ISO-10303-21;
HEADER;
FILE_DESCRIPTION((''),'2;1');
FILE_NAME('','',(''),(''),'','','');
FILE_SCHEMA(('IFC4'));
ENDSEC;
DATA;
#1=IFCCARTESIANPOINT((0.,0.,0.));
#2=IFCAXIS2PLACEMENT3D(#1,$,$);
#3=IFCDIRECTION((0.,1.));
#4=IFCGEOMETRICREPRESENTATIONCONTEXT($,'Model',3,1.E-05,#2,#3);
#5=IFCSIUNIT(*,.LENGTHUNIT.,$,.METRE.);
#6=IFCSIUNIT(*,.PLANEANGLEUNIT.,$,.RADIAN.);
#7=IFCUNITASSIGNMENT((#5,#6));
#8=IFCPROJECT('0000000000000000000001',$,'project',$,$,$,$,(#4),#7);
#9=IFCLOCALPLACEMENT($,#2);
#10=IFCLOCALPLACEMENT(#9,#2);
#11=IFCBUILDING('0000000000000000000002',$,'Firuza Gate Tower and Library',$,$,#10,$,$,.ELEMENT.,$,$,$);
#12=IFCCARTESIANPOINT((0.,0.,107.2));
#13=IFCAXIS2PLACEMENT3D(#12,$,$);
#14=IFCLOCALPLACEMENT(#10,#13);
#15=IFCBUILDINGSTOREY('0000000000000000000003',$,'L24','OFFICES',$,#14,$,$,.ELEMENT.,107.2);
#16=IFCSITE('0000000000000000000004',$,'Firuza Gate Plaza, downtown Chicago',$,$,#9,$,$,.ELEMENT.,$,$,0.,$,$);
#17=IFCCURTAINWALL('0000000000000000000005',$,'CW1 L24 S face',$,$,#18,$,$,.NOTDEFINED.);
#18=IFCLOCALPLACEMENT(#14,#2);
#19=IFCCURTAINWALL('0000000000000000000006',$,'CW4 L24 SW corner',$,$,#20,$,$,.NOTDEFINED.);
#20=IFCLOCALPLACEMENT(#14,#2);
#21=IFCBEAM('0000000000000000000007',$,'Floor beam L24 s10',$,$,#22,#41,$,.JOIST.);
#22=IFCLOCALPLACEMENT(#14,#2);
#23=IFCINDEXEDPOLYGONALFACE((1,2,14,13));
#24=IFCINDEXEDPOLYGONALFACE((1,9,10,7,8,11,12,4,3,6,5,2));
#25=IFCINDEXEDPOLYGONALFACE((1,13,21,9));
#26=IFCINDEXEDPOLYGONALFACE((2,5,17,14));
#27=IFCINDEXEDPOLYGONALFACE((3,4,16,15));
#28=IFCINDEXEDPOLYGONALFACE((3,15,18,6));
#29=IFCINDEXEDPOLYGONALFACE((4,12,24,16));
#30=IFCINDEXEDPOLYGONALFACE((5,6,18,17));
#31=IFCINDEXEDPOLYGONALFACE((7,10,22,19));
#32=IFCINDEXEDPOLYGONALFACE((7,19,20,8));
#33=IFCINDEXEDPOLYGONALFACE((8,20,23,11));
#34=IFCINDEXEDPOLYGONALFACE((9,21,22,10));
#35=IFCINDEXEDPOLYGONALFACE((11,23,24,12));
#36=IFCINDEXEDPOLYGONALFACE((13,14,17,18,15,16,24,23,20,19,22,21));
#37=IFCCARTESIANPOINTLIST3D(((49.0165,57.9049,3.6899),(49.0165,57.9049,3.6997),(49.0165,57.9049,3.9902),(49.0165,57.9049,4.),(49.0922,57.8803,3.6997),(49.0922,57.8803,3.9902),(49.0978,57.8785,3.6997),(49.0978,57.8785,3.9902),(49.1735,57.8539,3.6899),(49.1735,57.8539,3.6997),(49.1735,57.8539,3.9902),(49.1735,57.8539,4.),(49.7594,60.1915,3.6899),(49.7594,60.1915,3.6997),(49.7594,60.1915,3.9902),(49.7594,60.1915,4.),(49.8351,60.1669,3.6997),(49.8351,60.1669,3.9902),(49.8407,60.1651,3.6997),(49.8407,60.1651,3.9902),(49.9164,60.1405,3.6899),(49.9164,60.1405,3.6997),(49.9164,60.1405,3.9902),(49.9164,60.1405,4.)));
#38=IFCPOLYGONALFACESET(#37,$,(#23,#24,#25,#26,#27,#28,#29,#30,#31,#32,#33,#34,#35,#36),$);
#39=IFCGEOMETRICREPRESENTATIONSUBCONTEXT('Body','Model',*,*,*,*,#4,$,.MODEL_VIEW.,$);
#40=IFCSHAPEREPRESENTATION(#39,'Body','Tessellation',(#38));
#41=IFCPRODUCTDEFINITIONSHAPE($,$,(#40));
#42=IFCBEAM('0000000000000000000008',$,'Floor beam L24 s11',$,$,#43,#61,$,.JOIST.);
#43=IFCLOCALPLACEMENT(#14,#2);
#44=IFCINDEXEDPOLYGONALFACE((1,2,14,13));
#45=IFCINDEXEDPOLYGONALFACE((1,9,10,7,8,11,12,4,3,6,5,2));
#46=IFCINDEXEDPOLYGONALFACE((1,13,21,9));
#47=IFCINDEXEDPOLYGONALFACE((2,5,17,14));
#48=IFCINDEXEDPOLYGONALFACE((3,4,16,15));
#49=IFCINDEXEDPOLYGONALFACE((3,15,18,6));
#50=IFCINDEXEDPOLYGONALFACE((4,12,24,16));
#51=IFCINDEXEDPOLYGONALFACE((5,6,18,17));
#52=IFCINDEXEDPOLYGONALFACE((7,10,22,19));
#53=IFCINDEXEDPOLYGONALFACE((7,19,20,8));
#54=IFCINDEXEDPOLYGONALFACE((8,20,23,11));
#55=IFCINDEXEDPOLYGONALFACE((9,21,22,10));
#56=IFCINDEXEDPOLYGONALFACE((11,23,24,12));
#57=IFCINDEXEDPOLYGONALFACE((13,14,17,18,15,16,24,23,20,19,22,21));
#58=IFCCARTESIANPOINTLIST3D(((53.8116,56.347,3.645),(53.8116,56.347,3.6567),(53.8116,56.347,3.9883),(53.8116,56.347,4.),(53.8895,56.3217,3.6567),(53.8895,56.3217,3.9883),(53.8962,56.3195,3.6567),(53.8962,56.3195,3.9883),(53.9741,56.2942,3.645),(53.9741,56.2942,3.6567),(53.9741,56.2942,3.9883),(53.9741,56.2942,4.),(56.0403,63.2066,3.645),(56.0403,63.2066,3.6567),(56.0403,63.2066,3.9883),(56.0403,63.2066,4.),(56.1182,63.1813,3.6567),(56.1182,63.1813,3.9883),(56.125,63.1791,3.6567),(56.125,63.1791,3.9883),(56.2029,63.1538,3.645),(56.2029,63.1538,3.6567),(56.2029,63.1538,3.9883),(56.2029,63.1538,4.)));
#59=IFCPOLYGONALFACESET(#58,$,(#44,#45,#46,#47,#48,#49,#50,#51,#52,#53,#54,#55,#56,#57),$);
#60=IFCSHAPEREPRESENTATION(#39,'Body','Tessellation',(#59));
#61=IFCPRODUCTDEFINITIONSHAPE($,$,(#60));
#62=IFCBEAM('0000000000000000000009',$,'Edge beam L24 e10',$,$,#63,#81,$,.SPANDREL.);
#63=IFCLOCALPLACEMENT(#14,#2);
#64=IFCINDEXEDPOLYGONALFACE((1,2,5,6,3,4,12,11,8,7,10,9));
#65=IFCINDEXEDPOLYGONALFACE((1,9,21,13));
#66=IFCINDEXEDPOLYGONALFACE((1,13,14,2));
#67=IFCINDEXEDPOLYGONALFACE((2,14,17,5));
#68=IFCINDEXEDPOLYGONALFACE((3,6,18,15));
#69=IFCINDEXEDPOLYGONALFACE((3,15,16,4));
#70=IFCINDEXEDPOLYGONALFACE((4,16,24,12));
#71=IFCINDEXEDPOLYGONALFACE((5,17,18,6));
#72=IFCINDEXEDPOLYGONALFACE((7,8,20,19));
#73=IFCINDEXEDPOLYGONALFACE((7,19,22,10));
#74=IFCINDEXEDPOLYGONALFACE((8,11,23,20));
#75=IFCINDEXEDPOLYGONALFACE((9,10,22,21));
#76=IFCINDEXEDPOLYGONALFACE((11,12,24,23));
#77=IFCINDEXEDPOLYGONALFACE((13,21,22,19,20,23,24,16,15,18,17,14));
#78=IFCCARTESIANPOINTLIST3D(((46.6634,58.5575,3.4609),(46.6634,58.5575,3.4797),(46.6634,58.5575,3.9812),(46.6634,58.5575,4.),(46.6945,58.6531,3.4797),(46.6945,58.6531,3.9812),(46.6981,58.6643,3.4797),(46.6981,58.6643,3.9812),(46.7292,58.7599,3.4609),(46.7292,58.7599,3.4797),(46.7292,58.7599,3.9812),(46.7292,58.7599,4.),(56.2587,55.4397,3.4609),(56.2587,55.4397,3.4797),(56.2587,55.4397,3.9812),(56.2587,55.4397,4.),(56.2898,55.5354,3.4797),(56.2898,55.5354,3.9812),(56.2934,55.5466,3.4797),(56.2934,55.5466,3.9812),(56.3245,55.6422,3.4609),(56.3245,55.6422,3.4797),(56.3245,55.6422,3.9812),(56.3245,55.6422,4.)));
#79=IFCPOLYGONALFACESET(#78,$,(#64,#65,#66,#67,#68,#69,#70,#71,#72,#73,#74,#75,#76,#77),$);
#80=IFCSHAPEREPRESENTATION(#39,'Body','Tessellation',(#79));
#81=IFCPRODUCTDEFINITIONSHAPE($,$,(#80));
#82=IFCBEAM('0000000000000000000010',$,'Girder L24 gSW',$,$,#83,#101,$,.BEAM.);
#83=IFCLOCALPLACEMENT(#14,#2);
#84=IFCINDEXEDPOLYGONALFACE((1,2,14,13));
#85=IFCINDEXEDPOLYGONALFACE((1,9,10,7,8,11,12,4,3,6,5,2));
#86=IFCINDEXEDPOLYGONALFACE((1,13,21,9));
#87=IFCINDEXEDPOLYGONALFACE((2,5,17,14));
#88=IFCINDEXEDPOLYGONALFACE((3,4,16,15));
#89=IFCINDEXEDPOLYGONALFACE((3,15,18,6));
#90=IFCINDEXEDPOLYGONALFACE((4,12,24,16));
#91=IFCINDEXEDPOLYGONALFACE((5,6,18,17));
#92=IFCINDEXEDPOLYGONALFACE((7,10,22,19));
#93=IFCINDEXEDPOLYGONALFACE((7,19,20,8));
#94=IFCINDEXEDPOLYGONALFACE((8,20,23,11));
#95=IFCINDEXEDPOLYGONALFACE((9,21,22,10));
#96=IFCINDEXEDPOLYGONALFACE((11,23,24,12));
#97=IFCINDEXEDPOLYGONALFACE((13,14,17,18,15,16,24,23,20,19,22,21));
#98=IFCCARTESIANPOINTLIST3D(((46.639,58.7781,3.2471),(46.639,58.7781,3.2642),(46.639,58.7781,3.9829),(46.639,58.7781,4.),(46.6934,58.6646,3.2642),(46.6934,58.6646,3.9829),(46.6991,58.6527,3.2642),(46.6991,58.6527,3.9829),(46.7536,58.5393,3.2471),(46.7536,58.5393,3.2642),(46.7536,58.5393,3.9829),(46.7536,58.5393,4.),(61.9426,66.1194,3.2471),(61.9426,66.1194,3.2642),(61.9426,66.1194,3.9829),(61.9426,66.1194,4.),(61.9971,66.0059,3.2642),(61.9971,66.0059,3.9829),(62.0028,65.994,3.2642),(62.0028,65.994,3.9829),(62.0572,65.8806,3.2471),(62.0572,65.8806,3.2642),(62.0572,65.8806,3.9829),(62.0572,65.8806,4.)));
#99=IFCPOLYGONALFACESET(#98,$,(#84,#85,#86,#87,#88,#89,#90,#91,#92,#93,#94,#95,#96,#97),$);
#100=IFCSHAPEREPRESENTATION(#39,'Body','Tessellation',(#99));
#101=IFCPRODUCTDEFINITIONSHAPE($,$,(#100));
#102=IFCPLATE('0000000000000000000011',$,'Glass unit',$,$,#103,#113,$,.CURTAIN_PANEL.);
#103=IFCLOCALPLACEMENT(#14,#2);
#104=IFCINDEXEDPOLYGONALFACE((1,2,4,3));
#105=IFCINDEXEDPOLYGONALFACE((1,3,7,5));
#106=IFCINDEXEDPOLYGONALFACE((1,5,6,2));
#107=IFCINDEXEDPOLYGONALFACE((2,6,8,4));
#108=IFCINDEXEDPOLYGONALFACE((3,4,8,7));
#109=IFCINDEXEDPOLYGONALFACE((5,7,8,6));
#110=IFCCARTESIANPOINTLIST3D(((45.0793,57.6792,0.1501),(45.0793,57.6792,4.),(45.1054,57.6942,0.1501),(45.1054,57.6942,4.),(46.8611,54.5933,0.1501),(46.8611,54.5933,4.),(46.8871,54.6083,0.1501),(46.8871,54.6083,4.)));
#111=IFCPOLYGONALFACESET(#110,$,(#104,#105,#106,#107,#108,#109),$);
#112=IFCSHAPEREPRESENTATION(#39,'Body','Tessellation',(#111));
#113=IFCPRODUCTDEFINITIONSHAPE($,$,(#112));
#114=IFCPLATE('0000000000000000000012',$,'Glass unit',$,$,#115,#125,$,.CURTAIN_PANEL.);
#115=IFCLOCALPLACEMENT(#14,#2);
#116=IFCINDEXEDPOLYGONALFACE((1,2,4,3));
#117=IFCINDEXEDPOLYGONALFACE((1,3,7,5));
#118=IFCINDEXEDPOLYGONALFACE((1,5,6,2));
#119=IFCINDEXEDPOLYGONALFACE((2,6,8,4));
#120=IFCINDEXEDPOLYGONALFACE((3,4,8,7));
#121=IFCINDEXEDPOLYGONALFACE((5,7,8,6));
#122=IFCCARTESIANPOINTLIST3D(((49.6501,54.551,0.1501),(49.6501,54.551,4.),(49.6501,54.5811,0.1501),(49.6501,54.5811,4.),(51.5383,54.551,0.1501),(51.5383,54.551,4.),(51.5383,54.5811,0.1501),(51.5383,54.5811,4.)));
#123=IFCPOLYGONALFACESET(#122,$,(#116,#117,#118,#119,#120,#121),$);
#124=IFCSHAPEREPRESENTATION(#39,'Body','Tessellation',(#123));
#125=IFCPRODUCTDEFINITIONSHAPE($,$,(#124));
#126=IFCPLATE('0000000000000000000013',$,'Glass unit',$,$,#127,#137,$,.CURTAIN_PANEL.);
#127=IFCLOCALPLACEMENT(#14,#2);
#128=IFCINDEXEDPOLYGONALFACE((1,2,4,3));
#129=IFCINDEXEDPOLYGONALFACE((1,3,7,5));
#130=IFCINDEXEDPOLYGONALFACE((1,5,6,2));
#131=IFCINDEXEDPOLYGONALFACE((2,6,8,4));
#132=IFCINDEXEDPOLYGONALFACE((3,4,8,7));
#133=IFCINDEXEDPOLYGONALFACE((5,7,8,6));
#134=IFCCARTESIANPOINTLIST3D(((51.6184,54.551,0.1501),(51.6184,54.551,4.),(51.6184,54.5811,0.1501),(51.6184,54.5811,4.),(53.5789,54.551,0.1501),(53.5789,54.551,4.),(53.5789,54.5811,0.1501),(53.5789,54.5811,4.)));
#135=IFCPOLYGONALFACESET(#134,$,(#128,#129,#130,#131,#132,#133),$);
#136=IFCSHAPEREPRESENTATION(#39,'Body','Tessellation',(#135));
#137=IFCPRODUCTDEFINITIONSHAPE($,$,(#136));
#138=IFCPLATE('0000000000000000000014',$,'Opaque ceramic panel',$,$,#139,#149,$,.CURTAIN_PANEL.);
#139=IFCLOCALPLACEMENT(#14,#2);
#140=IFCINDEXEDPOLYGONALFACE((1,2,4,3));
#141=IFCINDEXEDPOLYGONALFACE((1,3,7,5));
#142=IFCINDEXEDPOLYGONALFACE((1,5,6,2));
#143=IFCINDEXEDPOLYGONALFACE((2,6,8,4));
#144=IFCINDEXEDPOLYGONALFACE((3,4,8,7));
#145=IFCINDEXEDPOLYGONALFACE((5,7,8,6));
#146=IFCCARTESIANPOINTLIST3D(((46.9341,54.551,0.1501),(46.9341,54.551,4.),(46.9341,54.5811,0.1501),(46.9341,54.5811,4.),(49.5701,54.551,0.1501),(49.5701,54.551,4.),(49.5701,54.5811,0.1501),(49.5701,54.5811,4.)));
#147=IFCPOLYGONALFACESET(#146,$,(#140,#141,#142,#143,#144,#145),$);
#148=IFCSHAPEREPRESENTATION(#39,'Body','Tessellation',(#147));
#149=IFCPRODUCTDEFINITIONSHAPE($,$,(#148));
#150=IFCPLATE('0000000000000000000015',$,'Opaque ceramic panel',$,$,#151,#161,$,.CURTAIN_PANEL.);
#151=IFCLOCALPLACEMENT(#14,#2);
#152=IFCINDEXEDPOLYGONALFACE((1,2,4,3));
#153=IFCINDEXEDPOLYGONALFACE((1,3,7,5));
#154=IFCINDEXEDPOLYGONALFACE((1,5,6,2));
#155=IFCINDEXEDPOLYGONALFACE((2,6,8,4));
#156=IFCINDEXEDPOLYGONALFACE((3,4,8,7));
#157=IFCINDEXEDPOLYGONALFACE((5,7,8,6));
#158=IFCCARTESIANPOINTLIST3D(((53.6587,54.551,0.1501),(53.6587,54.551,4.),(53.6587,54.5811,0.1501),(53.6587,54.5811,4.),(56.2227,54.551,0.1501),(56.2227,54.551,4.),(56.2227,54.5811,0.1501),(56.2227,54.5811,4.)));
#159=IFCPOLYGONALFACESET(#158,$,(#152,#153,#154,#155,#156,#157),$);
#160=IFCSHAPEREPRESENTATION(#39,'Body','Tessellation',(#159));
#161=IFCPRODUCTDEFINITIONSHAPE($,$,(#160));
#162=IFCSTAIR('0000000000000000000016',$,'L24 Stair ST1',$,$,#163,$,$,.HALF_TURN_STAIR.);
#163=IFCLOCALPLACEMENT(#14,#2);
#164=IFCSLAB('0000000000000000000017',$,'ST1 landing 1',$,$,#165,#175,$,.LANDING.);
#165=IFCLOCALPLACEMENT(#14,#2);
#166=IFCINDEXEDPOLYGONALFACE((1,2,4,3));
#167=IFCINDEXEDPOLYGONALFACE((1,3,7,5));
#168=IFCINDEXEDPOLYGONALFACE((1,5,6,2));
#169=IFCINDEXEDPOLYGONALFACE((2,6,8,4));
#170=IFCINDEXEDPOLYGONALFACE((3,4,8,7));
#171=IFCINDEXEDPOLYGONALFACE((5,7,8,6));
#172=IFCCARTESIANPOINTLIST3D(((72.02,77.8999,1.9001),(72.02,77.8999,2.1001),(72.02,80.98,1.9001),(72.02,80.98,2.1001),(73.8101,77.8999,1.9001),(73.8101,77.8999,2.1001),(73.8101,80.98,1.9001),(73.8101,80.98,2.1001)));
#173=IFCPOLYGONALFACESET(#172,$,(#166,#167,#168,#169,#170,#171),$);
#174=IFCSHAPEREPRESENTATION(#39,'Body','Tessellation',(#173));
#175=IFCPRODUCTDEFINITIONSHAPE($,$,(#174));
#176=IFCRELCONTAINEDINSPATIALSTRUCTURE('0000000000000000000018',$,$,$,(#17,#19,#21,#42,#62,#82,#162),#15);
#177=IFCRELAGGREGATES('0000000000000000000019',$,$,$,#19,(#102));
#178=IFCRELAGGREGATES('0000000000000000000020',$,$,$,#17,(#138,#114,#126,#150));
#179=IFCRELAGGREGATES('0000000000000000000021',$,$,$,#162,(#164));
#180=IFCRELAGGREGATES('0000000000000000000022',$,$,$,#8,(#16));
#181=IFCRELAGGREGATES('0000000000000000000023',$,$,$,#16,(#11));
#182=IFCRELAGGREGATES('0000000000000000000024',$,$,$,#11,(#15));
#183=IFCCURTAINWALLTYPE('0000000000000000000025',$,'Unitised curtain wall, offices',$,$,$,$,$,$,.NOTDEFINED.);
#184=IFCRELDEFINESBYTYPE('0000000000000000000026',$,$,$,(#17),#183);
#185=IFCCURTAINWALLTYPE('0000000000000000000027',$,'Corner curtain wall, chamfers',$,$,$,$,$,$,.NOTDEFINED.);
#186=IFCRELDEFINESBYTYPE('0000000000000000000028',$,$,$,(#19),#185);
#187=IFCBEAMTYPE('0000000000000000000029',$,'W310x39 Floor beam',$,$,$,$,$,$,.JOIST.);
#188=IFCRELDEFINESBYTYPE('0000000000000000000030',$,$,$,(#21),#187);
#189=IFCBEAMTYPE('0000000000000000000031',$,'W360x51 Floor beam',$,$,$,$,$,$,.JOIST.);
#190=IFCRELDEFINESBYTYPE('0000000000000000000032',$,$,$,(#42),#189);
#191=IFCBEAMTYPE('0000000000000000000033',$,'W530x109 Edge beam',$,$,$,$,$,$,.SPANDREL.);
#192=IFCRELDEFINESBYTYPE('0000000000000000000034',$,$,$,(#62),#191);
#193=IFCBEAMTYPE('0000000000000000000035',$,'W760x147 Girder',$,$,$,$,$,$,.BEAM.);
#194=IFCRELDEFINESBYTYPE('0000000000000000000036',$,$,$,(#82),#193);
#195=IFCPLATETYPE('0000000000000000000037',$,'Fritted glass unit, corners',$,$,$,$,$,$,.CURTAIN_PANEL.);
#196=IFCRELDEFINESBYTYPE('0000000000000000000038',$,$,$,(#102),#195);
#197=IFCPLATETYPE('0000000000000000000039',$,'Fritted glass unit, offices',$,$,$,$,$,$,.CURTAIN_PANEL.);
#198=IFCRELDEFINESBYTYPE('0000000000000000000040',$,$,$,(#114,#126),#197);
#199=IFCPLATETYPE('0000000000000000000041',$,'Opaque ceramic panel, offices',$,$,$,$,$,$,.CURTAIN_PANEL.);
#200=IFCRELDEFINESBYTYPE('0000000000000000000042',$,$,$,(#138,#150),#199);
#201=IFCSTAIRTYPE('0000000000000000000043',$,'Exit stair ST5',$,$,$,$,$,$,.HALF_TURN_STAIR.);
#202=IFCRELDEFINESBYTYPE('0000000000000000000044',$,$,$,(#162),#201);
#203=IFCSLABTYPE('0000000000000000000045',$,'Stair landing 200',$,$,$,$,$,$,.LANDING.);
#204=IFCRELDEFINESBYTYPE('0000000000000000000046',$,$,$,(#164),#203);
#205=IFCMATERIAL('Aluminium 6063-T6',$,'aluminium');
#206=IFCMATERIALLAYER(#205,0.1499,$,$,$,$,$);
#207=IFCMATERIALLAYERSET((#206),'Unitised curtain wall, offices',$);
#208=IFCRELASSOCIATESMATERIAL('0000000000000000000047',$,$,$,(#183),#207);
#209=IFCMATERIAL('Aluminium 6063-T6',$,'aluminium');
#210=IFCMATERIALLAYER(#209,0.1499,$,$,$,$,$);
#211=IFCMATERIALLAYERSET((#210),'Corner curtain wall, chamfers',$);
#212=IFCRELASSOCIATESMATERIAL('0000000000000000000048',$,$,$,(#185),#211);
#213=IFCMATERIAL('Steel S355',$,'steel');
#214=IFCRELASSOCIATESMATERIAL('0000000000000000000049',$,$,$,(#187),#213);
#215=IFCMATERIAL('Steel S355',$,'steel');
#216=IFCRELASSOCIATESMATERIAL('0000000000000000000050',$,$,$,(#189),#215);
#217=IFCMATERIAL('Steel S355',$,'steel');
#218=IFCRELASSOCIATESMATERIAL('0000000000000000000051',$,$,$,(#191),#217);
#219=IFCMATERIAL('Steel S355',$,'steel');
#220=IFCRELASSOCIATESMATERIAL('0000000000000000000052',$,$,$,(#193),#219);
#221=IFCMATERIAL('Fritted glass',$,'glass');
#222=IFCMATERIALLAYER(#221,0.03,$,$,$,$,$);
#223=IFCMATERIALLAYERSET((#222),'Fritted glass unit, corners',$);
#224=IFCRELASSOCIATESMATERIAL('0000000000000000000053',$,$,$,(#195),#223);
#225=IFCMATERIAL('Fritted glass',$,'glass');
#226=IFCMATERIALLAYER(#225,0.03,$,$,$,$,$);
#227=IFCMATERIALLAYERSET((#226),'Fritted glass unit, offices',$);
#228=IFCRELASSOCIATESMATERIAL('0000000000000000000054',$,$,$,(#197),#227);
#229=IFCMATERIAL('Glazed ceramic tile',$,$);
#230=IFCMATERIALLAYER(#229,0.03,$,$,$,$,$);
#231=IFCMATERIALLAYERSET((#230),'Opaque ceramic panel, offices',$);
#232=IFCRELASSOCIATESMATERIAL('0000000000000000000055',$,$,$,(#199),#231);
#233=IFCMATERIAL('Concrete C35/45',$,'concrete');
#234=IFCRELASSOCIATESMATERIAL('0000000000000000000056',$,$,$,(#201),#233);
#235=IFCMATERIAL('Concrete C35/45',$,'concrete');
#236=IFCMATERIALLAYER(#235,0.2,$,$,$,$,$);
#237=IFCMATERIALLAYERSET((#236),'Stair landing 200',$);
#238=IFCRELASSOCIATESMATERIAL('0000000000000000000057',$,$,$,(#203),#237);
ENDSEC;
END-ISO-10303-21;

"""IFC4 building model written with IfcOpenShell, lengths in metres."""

from ifc_helpers import new_model, si_unit, direction, frame, origin, origin_2d, place, context, subcontext, project, spatial, polyline, i_section, outline, extrude, material, layer, layer_set, material_profile, profile_set, type_object, element, aggregate, save


model = new_model("IFC4")

# Units and contexts
model_context = context("Model", 3, precision=1e-05, world=origin(), true_north=direction((0.0, 1.0)))
body_context = subcontext(model_context, "Body", "Model", "MODEL_VIEW")
ifc_project = project(units=[si_unit("LENGTHUNIT", "METRE"), si_unit("PLANEANGLEUNIT", "RADIAN")], contexts=[model_context])

# Site, building, storey
site_placement = place(None, origin())
site = spatial("IfcSite", under=ifc_project, at=site_placement, Name="Firuza Gate Plaza, downtown Chicago", CompositionType="ELEMENT", RefElevation=0.0)
building_placement = place(site_placement, origin())
building = spatial("IfcBuilding", under=site, at=building_placement, Name="Firuza Gate Tower and Library", CompositionType="ELEMENT")
storey_placement = place(building_placement, frame((0.0, 0.0, 107.2)))
storey = spatial("IfcBuildingStorey", under=building, at=storey_placement, Name="L24", Description="OFFICES", CompositionType="ELEMENT", Elevation=107.2)

# Curtain walls
ifc_material_1 = material(Name="Aluminium 6063-T6", Category="aluminium")
ifc_layer_1 = layer(ifc_material_1, 0.1499)
ifc_layer_set_1 = layer_set([ifc_layer_1], Name="Unitised curtain wall, offices")
curtain_wall_type_1 = type_object("IfcCurtainWallType", Name="Unitised curtain wall, offices", PredefinedType="NOTDEFINED", material=ifc_layer_set_1)
placement_1 = place(storey_placement, origin())
curtain_wall_1 = element("IfcCurtainWall", 1, at=placement_1, inside=storey, type_object=curtain_wall_type_1, Name="CW1 L24 S face", PredefinedType="NOTDEFINED")
ifc_material_2 = material(Name="Aluminium 6063-T6", Category="aluminium")
ifc_layer_2 = layer(ifc_material_2, 0.1499)
ifc_layer_set_2 = layer_set([ifc_layer_2], Name="Corner curtain wall, chamfers")
curtain_wall_type_2 = type_object("IfcCurtainWallType", Name="Corner curtain wall, chamfers", PredefinedType="NOTDEFINED", material=ifc_layer_set_2)
curtain_wall_2 = element("IfcCurtainWall", 2, at=placement_1, inside=storey, type_object=curtain_wall_type_2, Name="CW4 L24 SW corner", PredefinedType="NOTDEFINED")

# Beams
ifc_material_3 = material(Name="Steel S355", Category="steel")
ifc_material_profile_1 = material_profile(ifc_material_3, i_section(OverallWidth=0.165, OverallDepth=0.3101, WebThickness=0.0059, FlangeThickness=0.0098, at=origin_2d()))
ifc_profile_set_1 = profile_set([ifc_material_profile_1], Name="Steel S355")
beam_type_1 = type_object("IfcBeamType", Name="W310x39 Floor beam", PredefinedType="JOIST", material=ifc_profile_set_1)
beam_1_placement = place(storey_placement, frame((49.095, 57.8794, 3.845), z_axis=(0.308999, 0.951062, 0.0), x_axis=(-0.951062, 0.308999, 0.0)))
element("IfcBeam", 3, at=beam_1_placement, inside=storey, type_object=beam_type_1, Name="Floor beam L24 s10", PredefinedType="JOIST", context=body_context, shape_type="SweptSolid", body=[
    extrude(i_section(OverallWidth=0.165, OverallDepth=0.3101, WebThickness=0.0059, FlangeThickness=0.0098, at=origin_2d()), origin(), (0.0, 0.0, 1.0), 2.4043),
])
ifc_material_4 = material(Name="Steel S355", Category="steel")
ifc_material_profile_2 = material_profile(ifc_material_4, i_section(OverallWidth=0.1709, OverallDepth=0.355, WebThickness=0.0071, FlangeThickness=0.0117, at=origin_2d()))
ifc_profile_set_2 = profile_set([ifc_material_profile_2], Name="Steel S355")
beam_type_2 = type_object("IfcBeamType", Name="W360x51 Floor beam", PredefinedType="JOIST", material=ifc_profile_set_2)
beam_2_placement = place(storey_placement, frame((53.8928, 56.3206, 3.8225), z_axis=(0.309009, 0.951059, 0.0), x_axis=(-0.951059, 0.309009, 0.0)))
element("IfcBeam", 4, at=beam_2_placement, inside=storey, type_object=beam_type_2, Name="Floor beam L24 s11", PredefinedType="JOIST", context=body_context, shape_type="SweptSolid", body=[
    extrude(i_section(OverallWidth=0.1709, OverallDepth=0.355, WebThickness=0.0071, FlangeThickness=0.0117, at=origin_2d()), origin(), (0.0, 0.0, 1.0), 7.2126),
])
ifc_material_5 = material(Name="Steel S355", Category="steel")
ifc_material_profile_3 = material_profile(ifc_material_5, i_section(OverallWidth=0.2129, OverallDepth=0.5391, WebThickness=0.0117, FlangeThickness=0.0188, at=origin_2d()))
ifc_profile_set_3 = profile_set([ifc_material_profile_3], Name="Steel S355")
beam_type_3 = type_object("IfcBeamType", Name="W530x109 Edge beam", PredefinedType="SPANDREL", material=ifc_profile_set_3)
beam_3_placement = place(storey_placement, frame((46.6963, 58.6587, 3.7305), z_axis=(0.951056, -0.309017, 0.0), x_axis=(0.309017, 0.951056, 0.0)))
element("IfcBeam", 5, at=beam_3_placement, inside=storey, type_object=beam_type_3, Name="Edge beam L24 e10", PredefinedType="SPANDREL", context=body_context, shape_type="SweptSolid", body=[
    extrude(i_section(OverallWidth=0.2129, OverallDepth=0.5391, WebThickness=0.0117, FlangeThickness=0.0188, at=origin_2d()), origin(), (0.0, 0.0, 1.0), 10.0891),
])
ifc_material_6 = material(Name="Steel S355", Category="steel")
ifc_material_profile_4 = material_profile(ifc_material_6, i_section(OverallWidth=0.2649, OverallDepth=0.7529, WebThickness=0.0132, FlangeThickness=0.0171, at=origin_2d()))
ifc_profile_set_4 = profile_set([ifc_material_profile_4], Name="Steel S355")
beam_type_4 = type_object("IfcBeamType", Name="W760x147 Girder", PredefinedType="BEAM", material=ifc_profile_set_4)
beam_4_placement = place(storey_placement, frame((46.6963, 58.6587, 3.6235), z_axis=(0.901626, 0.432517, 0.0), x_axis=(-0.432517, 0.901626, 0.0)))
element("IfcBeam", 6, at=beam_4_placement, inside=storey, type_object=beam_type_4, Name="Girder L24 gSW", PredefinedType="BEAM", context=body_context, shape_type="SweptSolid", body=[
    extrude(i_section(OverallWidth=0.2649, OverallDepth=0.7529, WebThickness=0.0132, FlangeThickness=0.0171, at=origin_2d()), origin(), (0.0, 0.0, 1.0), 16.9734),
])

# Plates
ifc_material_7 = material(Name="Fritted glass", Category="glass")
ifc_layer_3 = layer(ifc_material_7, 0.03)
ifc_layer_set_3 = layer_set([ifc_layer_3], Name="Fritted glass unit, corners")
plate_type_1 = type_object("IfcPlateType", Name="Fritted glass unit, corners", PredefinedType="CURTAIN_PANEL", material=ifc_layer_set_3)
plate_1_placement = place(storey_placement, frame((45.0793, 57.6792, 0.1501), z_axis=(-0.866017, -0.500015, 0.0), x_axis=(0.500015, -0.866017, 0.0)))
plate_1 = element("IfcPlate", 7, at=plate_1_placement, type_object=plate_type_1, Name="Glass unit", PredefinedType="CURTAIN_PANEL", context=body_context, shape_type="SweptSolid", body=[
    extrude(outline(polyline([(0.0, 0.0), (3.5634, 0.0), (3.5634, 3.8499), (0.0, 3.8499), (0.0, 0.0)])), origin(), (0.0, 0.0, -1.0), 0.03),
])
aggregate(curtain_wall_2, [plate_1])
ifc_material_8 = material(Name="Fritted glass", Category="glass")
ifc_layer_4 = layer(ifc_material_8, 0.03)
ifc_layer_set_4 = layer_set([ifc_layer_4], Name="Fritted glass unit, offices")
plate_type_2 = type_object("IfcPlateType", Name="Fritted glass unit, offices", PredefinedType="CURTAIN_PANEL", material=ifc_layer_set_4)
plate_2_placement = place(storey_placement, frame((49.6501, 54.551, 0.1501), z_axis=(0.0, -1.0, 0.0), x_axis=(1.0, 0.0, 0.0)))
plate_2 = element("IfcPlate", 8, at=plate_2_placement, type_object=plate_type_2, Name="Glass unit", PredefinedType="CURTAIN_PANEL", context=body_context, shape_type="SweptSolid", body=[
    extrude(outline(polyline([(0.0, 0.0), (1.8882, 0.0), (1.8882, 3.8499), (0.0, 3.8499), (0.0, 0.0)])), origin(), (0.0, 0.0, -1.0), 0.03),
])
plate_3_placement = place(storey_placement, frame((51.6184, 54.551, 0.1501), z_axis=(0.0, -1.0, 0.0), x_axis=(1.0, 0.0, 0.0)))
plate_3 = element("IfcPlate", 9, at=plate_3_placement, type_object=plate_type_2, Name="Glass unit", PredefinedType="CURTAIN_PANEL", context=body_context, shape_type="SweptSolid", body=[
    extrude(outline(polyline([(0.0, 0.0), (1.9604, 0.0), (1.9604, 3.8499), (0.0, 3.8499), (0.0, 0.0)])), origin(), (0.0, 0.0, -1.0), 0.03),
])
ifc_material_9 = material(Name="Glazed ceramic tile")
ifc_layer_5 = layer(ifc_material_9, 0.03)
ifc_layer_set_5 = layer_set([ifc_layer_5], Name="Opaque ceramic panel, offices")
plate_type_3 = type_object("IfcPlateType", Name="Opaque ceramic panel, offices", PredefinedType="CURTAIN_PANEL", material=ifc_layer_set_5)
plate_4_placement = place(storey_placement, frame((46.9341, 54.551, 0.1501), z_axis=(0.0, -1.0, 0.0), x_axis=(1.0, 0.0, 0.0)))
plate_4 = element("IfcPlate", 10, at=plate_4_placement, type_object=plate_type_3, Name="Opaque ceramic panel", PredefinedType="CURTAIN_PANEL", context=body_context, shape_type="SweptSolid", body=[
    extrude(outline(polyline([(0.0, 0.0), (2.636, 0.0), (2.636, 3.8499), (0.0, 3.8499), (0.0, 0.0)])), origin(), (0.0, 0.0, -1.0), 0.03),
])
plate_5_placement = place(storey_placement, frame((53.6587, 54.551, 0.1501), z_axis=(0.0, -1.0, 0.0), x_axis=(1.0, 0.0, 0.0)))
plate_5 = element("IfcPlate", 11, at=plate_5_placement, type_object=plate_type_3, Name="Opaque ceramic panel", PredefinedType="CURTAIN_PANEL", context=body_context, shape_type="SweptSolid", body=[
    extrude(outline(polyline([(0.0, 0.0), (2.564, 0.0), (2.564, 3.8499), (0.0, 3.8499), (0.0, 0.0)])), origin(), (0.0, 0.0, -1.0), 0.03),
])
aggregate(curtain_wall_1, [plate_4, plate_2, plate_3, plate_5])

# Stair, slab
ifc_material_10 = material(Name="Concrete C35/45", Category="concrete")
stair_type_1 = type_object("IfcStairType", Name="Exit stair ST5", PredefinedType="HALF_TURN_STAIR", material=ifc_material_10)
stair_1 = element("IfcStair", 12, at=placement_1, inside=storey, type_object=stair_type_1, Name="L24 Stair ST1", PredefinedType="HALF_TURN_STAIR")
ifc_material_11 = material(Name="Concrete C35/45", Category="concrete")
ifc_layer_6 = layer(ifc_material_11, 0.2)
ifc_layer_set_6 = layer_set([ifc_layer_6], Name="Stair landing 200")
slab_type_1 = type_object("IfcSlabType", Name="Stair landing 200", PredefinedType="LANDING", material=ifc_layer_set_6)
placement_2 = place(storey_placement, frame((0.0, 0.0, 1.9001)))
slab_1 = element("IfcSlab", 13, at=placement_2, type_object=slab_type_1, Name="ST1 landing 1", PredefinedType="LANDING", context=body_context, shape_type="SweptSolid", body=[
    extrude(outline(polyline([(72.02, 77.8999), (73.8101, 77.8999), (73.8101, 80.98), (72.02, 80.98), (72.02, 77.8999)])), origin(), (0.0, 0.0, 1.0), 0.2),
])
aggregate(stair_1, [slab_1])

save(model, "model.ifc")
